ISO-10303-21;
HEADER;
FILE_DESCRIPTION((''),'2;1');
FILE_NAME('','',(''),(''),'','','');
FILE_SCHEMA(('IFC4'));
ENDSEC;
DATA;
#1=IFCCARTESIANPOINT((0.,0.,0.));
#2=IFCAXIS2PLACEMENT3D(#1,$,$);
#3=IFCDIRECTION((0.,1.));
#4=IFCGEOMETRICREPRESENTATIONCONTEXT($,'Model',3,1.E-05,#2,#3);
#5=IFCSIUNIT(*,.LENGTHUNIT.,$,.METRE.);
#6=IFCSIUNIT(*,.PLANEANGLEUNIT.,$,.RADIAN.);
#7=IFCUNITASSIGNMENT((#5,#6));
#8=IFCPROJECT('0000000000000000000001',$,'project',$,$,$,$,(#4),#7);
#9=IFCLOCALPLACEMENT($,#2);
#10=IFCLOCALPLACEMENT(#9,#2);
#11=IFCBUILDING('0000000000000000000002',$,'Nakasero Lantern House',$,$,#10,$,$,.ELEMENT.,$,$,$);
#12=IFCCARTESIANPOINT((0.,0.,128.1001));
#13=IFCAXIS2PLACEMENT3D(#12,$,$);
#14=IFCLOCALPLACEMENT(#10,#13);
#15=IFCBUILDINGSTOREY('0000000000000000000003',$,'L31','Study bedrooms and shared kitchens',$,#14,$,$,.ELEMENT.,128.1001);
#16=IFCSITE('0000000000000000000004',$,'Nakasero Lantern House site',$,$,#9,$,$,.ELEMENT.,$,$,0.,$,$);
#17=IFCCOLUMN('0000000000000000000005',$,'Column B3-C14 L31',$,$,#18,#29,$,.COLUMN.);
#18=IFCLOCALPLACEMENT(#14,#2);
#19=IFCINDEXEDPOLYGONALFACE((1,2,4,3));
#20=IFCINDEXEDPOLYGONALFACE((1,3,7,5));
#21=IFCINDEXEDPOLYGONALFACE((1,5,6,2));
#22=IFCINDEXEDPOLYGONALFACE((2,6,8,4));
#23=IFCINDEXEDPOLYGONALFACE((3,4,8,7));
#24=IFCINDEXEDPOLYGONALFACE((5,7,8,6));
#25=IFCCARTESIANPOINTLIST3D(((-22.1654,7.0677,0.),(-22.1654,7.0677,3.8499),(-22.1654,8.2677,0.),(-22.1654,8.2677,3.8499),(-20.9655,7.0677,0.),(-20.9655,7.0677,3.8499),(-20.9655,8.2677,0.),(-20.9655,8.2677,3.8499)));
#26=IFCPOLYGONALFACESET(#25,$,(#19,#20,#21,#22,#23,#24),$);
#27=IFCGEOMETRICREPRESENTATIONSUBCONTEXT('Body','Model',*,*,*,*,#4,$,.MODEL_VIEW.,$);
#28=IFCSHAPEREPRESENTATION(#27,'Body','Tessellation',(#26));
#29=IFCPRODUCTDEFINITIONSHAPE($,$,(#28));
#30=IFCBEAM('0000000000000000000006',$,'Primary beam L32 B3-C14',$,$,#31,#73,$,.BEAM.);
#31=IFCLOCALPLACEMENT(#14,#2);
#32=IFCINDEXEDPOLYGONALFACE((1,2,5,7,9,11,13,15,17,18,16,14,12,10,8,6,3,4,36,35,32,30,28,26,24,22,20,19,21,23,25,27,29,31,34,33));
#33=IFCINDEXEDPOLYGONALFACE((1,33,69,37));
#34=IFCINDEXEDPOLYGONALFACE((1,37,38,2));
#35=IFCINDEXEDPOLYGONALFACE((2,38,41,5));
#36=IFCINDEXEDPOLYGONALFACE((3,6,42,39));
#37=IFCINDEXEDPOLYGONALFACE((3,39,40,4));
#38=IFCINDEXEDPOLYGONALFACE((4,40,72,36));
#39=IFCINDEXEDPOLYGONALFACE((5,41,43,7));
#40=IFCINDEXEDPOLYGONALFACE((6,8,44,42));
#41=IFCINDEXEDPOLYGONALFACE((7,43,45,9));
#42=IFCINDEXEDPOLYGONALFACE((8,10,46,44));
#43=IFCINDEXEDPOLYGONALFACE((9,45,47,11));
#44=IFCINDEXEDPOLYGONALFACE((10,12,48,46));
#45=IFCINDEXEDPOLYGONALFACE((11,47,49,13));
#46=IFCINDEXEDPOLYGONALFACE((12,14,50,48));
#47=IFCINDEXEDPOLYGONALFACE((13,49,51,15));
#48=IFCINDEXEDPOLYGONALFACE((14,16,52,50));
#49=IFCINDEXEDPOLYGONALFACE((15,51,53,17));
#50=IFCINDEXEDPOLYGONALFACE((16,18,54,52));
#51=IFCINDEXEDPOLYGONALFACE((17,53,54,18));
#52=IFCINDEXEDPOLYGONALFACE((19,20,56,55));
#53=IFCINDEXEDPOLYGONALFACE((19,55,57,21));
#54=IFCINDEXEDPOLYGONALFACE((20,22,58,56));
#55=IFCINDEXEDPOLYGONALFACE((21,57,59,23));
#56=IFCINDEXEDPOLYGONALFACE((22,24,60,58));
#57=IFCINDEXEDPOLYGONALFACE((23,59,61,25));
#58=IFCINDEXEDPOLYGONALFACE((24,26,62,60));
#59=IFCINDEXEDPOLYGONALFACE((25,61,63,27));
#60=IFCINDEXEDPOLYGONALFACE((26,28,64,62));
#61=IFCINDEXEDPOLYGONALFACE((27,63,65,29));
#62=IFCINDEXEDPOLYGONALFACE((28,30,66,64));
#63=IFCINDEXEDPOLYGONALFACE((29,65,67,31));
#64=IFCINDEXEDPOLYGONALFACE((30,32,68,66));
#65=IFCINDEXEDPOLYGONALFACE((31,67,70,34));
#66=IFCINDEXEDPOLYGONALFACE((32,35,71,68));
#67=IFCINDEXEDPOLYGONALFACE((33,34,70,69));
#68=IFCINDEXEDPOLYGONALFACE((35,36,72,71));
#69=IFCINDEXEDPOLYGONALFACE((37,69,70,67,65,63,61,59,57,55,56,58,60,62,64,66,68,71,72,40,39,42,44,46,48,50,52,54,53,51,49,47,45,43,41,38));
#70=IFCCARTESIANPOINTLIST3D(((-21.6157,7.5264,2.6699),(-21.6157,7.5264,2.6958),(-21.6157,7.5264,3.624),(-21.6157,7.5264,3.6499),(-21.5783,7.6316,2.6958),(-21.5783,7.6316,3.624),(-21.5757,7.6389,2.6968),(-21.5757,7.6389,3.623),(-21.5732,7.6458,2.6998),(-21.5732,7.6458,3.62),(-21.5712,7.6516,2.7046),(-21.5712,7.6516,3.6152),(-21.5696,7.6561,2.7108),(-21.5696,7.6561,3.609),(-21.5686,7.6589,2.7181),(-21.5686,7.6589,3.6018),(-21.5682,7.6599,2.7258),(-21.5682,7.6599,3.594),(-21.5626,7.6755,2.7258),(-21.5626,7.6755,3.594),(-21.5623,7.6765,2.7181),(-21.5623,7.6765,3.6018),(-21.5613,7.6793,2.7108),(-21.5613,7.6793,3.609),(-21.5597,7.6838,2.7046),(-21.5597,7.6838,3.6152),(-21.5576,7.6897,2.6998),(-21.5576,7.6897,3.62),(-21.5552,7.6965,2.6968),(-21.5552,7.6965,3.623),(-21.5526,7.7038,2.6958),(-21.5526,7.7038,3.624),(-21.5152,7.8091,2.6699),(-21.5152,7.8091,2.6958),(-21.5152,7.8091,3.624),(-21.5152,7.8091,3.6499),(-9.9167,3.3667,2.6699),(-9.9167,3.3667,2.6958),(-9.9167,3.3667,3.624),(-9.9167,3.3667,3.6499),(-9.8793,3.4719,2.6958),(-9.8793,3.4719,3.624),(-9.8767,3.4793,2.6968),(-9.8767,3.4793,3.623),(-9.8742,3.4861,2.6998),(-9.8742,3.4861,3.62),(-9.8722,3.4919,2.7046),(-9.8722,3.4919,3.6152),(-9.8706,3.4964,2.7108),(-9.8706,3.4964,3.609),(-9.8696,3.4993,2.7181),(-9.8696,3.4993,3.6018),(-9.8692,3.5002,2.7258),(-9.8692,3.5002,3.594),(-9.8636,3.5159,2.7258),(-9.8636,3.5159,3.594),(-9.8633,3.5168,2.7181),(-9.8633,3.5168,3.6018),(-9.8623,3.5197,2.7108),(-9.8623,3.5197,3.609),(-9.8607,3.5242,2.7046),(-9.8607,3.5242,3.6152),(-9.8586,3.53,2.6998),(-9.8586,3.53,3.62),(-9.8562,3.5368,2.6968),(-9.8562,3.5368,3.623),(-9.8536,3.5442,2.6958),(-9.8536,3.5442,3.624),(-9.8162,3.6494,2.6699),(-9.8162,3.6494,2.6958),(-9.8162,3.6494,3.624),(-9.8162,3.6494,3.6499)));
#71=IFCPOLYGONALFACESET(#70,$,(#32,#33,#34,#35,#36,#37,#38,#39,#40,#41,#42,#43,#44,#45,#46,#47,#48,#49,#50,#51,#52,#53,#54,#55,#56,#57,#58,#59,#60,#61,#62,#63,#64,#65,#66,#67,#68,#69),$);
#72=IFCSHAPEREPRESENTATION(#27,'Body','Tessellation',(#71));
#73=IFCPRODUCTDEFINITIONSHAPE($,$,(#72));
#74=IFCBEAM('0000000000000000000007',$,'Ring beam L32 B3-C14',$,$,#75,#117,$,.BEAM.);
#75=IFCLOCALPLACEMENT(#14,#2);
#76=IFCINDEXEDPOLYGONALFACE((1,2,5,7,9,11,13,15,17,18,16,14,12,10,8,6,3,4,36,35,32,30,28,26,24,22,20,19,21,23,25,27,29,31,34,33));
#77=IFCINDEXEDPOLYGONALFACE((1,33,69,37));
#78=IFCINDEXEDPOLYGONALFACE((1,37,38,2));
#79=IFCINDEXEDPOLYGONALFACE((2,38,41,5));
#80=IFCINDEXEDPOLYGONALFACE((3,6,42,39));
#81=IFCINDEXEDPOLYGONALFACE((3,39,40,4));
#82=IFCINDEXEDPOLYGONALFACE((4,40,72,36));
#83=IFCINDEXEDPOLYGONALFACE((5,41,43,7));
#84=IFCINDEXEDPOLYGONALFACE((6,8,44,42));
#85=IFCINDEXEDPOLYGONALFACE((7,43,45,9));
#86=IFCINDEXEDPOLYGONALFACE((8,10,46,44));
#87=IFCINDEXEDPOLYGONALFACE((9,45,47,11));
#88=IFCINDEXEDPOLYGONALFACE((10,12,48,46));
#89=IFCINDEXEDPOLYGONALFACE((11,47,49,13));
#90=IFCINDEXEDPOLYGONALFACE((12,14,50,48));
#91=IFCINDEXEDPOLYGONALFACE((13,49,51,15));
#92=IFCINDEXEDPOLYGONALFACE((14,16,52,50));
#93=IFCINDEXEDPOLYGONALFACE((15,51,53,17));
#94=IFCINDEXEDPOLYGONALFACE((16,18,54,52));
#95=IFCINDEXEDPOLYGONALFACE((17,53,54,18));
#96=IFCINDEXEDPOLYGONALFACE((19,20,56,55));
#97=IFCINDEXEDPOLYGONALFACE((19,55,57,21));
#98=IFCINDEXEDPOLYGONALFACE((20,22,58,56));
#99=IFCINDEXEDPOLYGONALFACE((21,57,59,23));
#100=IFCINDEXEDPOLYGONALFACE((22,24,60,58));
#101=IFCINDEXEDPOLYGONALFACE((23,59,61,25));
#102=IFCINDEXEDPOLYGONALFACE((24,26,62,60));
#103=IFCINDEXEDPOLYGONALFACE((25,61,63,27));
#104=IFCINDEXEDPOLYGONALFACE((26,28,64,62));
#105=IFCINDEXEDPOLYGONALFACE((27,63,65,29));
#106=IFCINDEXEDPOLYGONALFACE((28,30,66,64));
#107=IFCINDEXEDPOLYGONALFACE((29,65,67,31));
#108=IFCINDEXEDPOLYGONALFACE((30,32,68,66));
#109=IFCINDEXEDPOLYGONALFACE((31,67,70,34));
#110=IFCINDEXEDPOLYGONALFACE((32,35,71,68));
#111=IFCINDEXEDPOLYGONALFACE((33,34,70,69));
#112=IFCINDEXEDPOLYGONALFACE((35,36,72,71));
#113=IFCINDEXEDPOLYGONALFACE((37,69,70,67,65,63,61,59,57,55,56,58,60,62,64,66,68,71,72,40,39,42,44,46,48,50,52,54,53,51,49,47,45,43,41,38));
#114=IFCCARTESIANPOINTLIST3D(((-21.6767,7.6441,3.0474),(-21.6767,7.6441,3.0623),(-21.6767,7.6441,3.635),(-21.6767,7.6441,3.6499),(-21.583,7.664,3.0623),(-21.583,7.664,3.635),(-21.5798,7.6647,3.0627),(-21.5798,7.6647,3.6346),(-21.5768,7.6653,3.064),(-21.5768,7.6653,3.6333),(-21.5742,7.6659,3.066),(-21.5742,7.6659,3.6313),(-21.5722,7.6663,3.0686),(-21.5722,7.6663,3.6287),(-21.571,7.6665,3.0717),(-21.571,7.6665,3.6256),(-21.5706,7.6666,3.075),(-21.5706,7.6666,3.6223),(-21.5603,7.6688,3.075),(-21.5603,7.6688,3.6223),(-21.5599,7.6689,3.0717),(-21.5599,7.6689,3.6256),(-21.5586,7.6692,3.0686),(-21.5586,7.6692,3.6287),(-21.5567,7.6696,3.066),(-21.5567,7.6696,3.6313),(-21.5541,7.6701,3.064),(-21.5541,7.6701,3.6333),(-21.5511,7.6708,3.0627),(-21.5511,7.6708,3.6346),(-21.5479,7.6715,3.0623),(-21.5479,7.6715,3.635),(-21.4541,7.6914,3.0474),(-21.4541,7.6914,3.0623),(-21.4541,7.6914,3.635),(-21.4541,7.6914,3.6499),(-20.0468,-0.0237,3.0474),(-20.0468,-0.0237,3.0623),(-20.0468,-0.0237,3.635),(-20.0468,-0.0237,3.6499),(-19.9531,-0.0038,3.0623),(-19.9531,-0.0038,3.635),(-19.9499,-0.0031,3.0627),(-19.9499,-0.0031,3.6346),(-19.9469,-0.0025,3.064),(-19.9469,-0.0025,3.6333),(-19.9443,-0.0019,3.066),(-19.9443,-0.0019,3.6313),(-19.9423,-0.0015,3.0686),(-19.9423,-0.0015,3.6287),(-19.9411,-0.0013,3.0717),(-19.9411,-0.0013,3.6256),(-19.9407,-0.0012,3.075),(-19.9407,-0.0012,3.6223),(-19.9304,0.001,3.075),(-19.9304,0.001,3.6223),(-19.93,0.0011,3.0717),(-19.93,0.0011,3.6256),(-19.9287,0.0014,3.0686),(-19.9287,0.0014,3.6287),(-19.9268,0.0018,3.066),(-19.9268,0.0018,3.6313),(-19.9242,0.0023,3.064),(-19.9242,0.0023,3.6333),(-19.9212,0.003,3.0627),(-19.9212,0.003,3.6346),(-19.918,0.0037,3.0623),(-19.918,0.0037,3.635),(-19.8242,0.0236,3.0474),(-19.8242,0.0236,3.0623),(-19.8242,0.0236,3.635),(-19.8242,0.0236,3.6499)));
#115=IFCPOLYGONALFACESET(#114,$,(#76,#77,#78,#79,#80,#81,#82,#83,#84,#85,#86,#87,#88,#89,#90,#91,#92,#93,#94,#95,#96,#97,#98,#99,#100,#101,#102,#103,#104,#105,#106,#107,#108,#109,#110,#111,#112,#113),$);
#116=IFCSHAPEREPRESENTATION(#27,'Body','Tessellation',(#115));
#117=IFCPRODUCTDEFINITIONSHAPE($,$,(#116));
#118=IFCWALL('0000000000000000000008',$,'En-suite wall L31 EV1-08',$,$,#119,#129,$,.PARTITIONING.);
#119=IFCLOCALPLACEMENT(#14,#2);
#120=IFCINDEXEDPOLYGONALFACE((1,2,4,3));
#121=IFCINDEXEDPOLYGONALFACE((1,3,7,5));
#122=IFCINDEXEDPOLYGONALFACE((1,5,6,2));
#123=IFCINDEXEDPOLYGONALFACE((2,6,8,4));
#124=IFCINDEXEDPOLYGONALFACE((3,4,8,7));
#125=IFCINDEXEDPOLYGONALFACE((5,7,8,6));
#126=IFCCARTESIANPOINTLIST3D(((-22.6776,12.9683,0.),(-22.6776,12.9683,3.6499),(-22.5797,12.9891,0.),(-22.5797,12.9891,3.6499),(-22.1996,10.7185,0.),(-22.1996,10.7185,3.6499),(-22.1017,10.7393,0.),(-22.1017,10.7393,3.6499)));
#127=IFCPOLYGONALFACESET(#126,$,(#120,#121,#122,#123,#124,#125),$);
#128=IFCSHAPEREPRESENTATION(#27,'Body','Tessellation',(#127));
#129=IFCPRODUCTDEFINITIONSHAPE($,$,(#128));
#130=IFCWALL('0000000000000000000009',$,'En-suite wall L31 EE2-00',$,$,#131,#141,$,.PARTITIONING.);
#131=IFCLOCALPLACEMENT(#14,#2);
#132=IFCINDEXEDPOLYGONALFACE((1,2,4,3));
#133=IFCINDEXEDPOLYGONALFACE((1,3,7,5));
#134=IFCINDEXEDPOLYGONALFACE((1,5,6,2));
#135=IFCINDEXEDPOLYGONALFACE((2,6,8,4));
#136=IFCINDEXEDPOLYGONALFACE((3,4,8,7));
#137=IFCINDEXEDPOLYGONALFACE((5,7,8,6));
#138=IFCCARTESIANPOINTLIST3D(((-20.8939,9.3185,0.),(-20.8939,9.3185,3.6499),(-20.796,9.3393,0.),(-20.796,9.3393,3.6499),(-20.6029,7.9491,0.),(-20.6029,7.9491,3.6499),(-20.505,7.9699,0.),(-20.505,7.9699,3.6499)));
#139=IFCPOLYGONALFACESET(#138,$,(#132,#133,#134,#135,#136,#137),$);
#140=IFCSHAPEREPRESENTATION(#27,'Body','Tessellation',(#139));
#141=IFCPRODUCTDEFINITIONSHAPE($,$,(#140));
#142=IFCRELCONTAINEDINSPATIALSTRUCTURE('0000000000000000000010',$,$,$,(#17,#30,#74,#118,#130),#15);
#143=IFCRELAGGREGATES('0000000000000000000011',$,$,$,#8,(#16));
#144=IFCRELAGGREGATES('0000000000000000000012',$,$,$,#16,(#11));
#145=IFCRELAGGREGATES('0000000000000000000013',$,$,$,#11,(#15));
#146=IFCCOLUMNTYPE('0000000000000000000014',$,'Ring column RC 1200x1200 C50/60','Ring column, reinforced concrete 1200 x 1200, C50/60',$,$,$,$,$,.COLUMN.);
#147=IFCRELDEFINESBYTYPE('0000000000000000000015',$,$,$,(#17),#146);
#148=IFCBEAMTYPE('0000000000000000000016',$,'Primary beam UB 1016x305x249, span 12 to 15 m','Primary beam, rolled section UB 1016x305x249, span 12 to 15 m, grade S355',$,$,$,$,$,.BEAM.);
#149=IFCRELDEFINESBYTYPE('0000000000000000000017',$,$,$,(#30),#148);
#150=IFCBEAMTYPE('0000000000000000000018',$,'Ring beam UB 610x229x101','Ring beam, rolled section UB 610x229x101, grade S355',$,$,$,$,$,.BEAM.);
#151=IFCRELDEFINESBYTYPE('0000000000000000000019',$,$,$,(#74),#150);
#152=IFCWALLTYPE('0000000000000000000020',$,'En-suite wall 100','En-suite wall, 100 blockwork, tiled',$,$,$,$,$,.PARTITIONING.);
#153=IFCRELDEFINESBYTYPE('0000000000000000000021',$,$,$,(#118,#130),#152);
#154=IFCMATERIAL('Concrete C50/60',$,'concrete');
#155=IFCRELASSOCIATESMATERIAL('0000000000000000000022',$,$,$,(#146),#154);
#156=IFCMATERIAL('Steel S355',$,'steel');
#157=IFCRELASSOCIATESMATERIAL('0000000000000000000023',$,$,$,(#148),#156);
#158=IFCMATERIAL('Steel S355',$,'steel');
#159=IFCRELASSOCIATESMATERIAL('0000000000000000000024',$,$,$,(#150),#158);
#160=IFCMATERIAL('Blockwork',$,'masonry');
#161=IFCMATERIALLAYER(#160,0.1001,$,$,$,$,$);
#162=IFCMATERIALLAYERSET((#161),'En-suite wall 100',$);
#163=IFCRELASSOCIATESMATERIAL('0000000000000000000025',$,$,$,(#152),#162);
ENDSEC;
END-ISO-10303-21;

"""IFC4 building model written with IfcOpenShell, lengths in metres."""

from ifc_helpers import new_model, si_unit, direction, frame, frame_2d, origin, origin_2d, place, context, subcontext, project, spatial, rectangle, i_section, extrude, material, layer, layer_set, material_profile, profile_set, type_object, element, save


model = new_model("IFC4")

# Units and contexts
model_context = context("Model", 3, precision=1e-05, world=origin(), true_north=direction((0.0, 1.0)))
body_context = subcontext(model_context, "Body", "Model", "MODEL_VIEW")
ifc_project = project(units=[si_unit("LENGTHUNIT", "METRE"), si_unit("PLANEANGLEUNIT", "RADIAN")], contexts=[model_context])

# Site, building, storey
site_placement = place(None, origin())
site = spatial("IfcSite", under=ifc_project, at=site_placement, Name="Nakasero Lantern House site", CompositionType="ELEMENT", RefElevation=0.0)
building_placement = place(site_placement, origin())
building = spatial("IfcBuilding", under=site, at=building_placement, Name="Nakasero Lantern House", CompositionType="ELEMENT")
storey_placement = place(building_placement, frame((0.0, 0.0, 128.1001)))
storey = spatial("IfcBuildingStorey", under=building, at=storey_placement, Name="L31", Description="Study bedrooms and shared kitchens", CompositionType="ELEMENT", Elevation=128.1001)

# Column
ifc_material_1 = material(Name="Concrete C50/60", Category="concrete")
ifc_material_profile_1 = material_profile(ifc_material_1, rectangle(XDim=1.2, YDim=1.2, at=origin_2d()), Name="RC 1200x1200")
ifc_profile_set_1 = profile_set([ifc_material_profile_1], Name="Concrete C50/60")
column_type = type_object("IfcColumnType", Name="Ring column RC 1200x1200 C50/60", Description="Ring column, reinforced concrete 1200 x 1200, C50/60", PredefinedType="COLUMN", material=ifc_profile_set_1)
column_placement = place(storey_placement, frame((-21.5654, 7.6677, 0.0), z_axis=(0.0, 0.0, 1.0), x_axis=(1.0, 0.0, 0.0)))
element("IfcColumn", 1, at=column_placement, inside=storey, type_object=column_type, Name="Column B3-C14 L31", PredefinedType="COLUMN", context=body_context, shape_type="SweptSolid", body=[
    extrude(rectangle(XDim=1.2, YDim=1.2, at=origin_2d()), origin(), (0.0, 0.0, 1.0), 3.8499),
])

# Beams
ifc_material_2 = material(Name="Steel S355", Category="steel")
ifc_material_profile_2 = material_profile(ifc_material_2, i_section(OverallWidth=0.3, OverallDepth=0.98, WebThickness=0.0166, FlangeThickness=0.0259, FilletRadius=0.03, at=origin_2d()), Name="UB 1016x305x249")
ifc_profile_set_2 = profile_set([ifc_material_profile_2], Name="Steel S355")
beam_type_1 = type_object("IfcBeamType", Name="Primary beam UB 1016x305x249, span 12 to 15 m", Description="Primary beam, rolled section UB 1016x305x249, span 12 to 15 m, grade S355", PredefinedType="BEAM", material=ifc_profile_set_2)
beam_1_placement = place(storey_placement, frame((-21.5654, 7.6677, 3.1599), z_axis=(0.942214, -0.335012, 0.0), x_axis=(0.335012, 0.942214, 0.0)))
element("IfcBeam", 2, at=beam_1_placement, inside=storey, type_object=beam_type_1, Name="Primary beam L32 B3-C14", PredefinedType="BEAM", context=body_context, shape_type="SweptSolid", body=[
    extrude(i_section(OverallWidth=0.3, OverallDepth=0.98, WebThickness=0.0166, FlangeThickness=0.0259, FilletRadius=0.03, at=origin_2d()), origin(), (0.0, 0.0, 1.0), 12.4165),
])
ifc_material_3 = material(Name="Steel S355", Category="steel")
ifc_material_profile_3 = material_profile(ifc_material_3, i_section(OverallWidth=0.2275, OverallDepth=0.6025, WebThickness=0.0105, FlangeThickness=0.0149, FilletRadius=0.0127, at=origin_2d()), Name="UB 610x229x101")
ifc_profile_set_3 = profile_set([ifc_material_profile_3], Name="Steel S355")
beam_type_2 = type_object("IfcBeamType", Name="Ring beam UB 610x229x101", Description="Ring beam, rolled section UB 610x229x101, grade S355", PredefinedType="BEAM", material=ifc_profile_set_3)
beam_2_placement = place(storey_placement, frame((-21.5654, 7.6677, 3.3486), z_axis=(0.207919, -0.978146, 0.0), x_axis=(0.978146, 0.207919, 0.0)))
element("IfcBeam", 3, at=beam_2_placement, inside=storey, type_object=beam_type_2, Name="Ring beam L32 B3-C14", PredefinedType="BEAM", context=body_context, shape_type="SweptSolid", body=[
    extrude(i_section(OverallWidth=0.2275, OverallDepth=0.6025, WebThickness=0.0105, FlangeThickness=0.0149, FilletRadius=0.0127, at=origin_2d()), origin(), (0.0, 0.0, 1.0), 7.8391),
])

# Walls
ifc_material_4 = material(Name="Blockwork", Category="masonry")
ifc_layer_1 = layer(ifc_material_4, 0.1001)
ifc_layer_set_1 = layer_set([ifc_layer_1], Name="En-suite wall 100")
wall_type_1 = type_object("IfcWallType", Name="En-suite wall 100", Description="En-suite wall, 100 blockwork, tiled", PredefinedType="PARTITIONING", material=ifc_layer_set_1)
wall_1_placement = place(storey_placement, frame((-22.1506, 10.729, 0.0), z_axis=(0.0, 0.0, 1.0), x_axis=(-0.20784, 0.978163, 0.0)))
element("IfcWall", 4, at=wall_1_placement, inside=storey, type_object=wall_type_1, Name="En-suite wall L31 EV1-08", PredefinedType="PARTITIONING", context=body_context, shape_type="SweptSolid", body=[
    extrude(rectangle(XDim=2.3, YDim=0.1001, at=frame_2d((1.1499, 0.0))), origin(), (0.0, 0.0, 1.0), 3.6499),
])
wall_2_placement = place(storey_placement, frame((-20.845, 9.3289, 0.0), z_axis=(0.0, 0.0, 1.0), x_axis=(0.207873, -0.978156, 0.0)))
element("IfcWall", 5, at=wall_2_placement, inside=storey, type_object=wall_type_1, Name="En-suite wall L31 EE2-00", PredefinedType="PARTITIONING", context=body_context, shape_type="SweptSolid", body=[
    extrude(rectangle(XDim=1.3999, YDim=0.1001, at=frame_2d((0.7, 0.0))), origin(), (0.0, 0.0, 1.0), 3.6499),
])

save(model, "model.ifc")
